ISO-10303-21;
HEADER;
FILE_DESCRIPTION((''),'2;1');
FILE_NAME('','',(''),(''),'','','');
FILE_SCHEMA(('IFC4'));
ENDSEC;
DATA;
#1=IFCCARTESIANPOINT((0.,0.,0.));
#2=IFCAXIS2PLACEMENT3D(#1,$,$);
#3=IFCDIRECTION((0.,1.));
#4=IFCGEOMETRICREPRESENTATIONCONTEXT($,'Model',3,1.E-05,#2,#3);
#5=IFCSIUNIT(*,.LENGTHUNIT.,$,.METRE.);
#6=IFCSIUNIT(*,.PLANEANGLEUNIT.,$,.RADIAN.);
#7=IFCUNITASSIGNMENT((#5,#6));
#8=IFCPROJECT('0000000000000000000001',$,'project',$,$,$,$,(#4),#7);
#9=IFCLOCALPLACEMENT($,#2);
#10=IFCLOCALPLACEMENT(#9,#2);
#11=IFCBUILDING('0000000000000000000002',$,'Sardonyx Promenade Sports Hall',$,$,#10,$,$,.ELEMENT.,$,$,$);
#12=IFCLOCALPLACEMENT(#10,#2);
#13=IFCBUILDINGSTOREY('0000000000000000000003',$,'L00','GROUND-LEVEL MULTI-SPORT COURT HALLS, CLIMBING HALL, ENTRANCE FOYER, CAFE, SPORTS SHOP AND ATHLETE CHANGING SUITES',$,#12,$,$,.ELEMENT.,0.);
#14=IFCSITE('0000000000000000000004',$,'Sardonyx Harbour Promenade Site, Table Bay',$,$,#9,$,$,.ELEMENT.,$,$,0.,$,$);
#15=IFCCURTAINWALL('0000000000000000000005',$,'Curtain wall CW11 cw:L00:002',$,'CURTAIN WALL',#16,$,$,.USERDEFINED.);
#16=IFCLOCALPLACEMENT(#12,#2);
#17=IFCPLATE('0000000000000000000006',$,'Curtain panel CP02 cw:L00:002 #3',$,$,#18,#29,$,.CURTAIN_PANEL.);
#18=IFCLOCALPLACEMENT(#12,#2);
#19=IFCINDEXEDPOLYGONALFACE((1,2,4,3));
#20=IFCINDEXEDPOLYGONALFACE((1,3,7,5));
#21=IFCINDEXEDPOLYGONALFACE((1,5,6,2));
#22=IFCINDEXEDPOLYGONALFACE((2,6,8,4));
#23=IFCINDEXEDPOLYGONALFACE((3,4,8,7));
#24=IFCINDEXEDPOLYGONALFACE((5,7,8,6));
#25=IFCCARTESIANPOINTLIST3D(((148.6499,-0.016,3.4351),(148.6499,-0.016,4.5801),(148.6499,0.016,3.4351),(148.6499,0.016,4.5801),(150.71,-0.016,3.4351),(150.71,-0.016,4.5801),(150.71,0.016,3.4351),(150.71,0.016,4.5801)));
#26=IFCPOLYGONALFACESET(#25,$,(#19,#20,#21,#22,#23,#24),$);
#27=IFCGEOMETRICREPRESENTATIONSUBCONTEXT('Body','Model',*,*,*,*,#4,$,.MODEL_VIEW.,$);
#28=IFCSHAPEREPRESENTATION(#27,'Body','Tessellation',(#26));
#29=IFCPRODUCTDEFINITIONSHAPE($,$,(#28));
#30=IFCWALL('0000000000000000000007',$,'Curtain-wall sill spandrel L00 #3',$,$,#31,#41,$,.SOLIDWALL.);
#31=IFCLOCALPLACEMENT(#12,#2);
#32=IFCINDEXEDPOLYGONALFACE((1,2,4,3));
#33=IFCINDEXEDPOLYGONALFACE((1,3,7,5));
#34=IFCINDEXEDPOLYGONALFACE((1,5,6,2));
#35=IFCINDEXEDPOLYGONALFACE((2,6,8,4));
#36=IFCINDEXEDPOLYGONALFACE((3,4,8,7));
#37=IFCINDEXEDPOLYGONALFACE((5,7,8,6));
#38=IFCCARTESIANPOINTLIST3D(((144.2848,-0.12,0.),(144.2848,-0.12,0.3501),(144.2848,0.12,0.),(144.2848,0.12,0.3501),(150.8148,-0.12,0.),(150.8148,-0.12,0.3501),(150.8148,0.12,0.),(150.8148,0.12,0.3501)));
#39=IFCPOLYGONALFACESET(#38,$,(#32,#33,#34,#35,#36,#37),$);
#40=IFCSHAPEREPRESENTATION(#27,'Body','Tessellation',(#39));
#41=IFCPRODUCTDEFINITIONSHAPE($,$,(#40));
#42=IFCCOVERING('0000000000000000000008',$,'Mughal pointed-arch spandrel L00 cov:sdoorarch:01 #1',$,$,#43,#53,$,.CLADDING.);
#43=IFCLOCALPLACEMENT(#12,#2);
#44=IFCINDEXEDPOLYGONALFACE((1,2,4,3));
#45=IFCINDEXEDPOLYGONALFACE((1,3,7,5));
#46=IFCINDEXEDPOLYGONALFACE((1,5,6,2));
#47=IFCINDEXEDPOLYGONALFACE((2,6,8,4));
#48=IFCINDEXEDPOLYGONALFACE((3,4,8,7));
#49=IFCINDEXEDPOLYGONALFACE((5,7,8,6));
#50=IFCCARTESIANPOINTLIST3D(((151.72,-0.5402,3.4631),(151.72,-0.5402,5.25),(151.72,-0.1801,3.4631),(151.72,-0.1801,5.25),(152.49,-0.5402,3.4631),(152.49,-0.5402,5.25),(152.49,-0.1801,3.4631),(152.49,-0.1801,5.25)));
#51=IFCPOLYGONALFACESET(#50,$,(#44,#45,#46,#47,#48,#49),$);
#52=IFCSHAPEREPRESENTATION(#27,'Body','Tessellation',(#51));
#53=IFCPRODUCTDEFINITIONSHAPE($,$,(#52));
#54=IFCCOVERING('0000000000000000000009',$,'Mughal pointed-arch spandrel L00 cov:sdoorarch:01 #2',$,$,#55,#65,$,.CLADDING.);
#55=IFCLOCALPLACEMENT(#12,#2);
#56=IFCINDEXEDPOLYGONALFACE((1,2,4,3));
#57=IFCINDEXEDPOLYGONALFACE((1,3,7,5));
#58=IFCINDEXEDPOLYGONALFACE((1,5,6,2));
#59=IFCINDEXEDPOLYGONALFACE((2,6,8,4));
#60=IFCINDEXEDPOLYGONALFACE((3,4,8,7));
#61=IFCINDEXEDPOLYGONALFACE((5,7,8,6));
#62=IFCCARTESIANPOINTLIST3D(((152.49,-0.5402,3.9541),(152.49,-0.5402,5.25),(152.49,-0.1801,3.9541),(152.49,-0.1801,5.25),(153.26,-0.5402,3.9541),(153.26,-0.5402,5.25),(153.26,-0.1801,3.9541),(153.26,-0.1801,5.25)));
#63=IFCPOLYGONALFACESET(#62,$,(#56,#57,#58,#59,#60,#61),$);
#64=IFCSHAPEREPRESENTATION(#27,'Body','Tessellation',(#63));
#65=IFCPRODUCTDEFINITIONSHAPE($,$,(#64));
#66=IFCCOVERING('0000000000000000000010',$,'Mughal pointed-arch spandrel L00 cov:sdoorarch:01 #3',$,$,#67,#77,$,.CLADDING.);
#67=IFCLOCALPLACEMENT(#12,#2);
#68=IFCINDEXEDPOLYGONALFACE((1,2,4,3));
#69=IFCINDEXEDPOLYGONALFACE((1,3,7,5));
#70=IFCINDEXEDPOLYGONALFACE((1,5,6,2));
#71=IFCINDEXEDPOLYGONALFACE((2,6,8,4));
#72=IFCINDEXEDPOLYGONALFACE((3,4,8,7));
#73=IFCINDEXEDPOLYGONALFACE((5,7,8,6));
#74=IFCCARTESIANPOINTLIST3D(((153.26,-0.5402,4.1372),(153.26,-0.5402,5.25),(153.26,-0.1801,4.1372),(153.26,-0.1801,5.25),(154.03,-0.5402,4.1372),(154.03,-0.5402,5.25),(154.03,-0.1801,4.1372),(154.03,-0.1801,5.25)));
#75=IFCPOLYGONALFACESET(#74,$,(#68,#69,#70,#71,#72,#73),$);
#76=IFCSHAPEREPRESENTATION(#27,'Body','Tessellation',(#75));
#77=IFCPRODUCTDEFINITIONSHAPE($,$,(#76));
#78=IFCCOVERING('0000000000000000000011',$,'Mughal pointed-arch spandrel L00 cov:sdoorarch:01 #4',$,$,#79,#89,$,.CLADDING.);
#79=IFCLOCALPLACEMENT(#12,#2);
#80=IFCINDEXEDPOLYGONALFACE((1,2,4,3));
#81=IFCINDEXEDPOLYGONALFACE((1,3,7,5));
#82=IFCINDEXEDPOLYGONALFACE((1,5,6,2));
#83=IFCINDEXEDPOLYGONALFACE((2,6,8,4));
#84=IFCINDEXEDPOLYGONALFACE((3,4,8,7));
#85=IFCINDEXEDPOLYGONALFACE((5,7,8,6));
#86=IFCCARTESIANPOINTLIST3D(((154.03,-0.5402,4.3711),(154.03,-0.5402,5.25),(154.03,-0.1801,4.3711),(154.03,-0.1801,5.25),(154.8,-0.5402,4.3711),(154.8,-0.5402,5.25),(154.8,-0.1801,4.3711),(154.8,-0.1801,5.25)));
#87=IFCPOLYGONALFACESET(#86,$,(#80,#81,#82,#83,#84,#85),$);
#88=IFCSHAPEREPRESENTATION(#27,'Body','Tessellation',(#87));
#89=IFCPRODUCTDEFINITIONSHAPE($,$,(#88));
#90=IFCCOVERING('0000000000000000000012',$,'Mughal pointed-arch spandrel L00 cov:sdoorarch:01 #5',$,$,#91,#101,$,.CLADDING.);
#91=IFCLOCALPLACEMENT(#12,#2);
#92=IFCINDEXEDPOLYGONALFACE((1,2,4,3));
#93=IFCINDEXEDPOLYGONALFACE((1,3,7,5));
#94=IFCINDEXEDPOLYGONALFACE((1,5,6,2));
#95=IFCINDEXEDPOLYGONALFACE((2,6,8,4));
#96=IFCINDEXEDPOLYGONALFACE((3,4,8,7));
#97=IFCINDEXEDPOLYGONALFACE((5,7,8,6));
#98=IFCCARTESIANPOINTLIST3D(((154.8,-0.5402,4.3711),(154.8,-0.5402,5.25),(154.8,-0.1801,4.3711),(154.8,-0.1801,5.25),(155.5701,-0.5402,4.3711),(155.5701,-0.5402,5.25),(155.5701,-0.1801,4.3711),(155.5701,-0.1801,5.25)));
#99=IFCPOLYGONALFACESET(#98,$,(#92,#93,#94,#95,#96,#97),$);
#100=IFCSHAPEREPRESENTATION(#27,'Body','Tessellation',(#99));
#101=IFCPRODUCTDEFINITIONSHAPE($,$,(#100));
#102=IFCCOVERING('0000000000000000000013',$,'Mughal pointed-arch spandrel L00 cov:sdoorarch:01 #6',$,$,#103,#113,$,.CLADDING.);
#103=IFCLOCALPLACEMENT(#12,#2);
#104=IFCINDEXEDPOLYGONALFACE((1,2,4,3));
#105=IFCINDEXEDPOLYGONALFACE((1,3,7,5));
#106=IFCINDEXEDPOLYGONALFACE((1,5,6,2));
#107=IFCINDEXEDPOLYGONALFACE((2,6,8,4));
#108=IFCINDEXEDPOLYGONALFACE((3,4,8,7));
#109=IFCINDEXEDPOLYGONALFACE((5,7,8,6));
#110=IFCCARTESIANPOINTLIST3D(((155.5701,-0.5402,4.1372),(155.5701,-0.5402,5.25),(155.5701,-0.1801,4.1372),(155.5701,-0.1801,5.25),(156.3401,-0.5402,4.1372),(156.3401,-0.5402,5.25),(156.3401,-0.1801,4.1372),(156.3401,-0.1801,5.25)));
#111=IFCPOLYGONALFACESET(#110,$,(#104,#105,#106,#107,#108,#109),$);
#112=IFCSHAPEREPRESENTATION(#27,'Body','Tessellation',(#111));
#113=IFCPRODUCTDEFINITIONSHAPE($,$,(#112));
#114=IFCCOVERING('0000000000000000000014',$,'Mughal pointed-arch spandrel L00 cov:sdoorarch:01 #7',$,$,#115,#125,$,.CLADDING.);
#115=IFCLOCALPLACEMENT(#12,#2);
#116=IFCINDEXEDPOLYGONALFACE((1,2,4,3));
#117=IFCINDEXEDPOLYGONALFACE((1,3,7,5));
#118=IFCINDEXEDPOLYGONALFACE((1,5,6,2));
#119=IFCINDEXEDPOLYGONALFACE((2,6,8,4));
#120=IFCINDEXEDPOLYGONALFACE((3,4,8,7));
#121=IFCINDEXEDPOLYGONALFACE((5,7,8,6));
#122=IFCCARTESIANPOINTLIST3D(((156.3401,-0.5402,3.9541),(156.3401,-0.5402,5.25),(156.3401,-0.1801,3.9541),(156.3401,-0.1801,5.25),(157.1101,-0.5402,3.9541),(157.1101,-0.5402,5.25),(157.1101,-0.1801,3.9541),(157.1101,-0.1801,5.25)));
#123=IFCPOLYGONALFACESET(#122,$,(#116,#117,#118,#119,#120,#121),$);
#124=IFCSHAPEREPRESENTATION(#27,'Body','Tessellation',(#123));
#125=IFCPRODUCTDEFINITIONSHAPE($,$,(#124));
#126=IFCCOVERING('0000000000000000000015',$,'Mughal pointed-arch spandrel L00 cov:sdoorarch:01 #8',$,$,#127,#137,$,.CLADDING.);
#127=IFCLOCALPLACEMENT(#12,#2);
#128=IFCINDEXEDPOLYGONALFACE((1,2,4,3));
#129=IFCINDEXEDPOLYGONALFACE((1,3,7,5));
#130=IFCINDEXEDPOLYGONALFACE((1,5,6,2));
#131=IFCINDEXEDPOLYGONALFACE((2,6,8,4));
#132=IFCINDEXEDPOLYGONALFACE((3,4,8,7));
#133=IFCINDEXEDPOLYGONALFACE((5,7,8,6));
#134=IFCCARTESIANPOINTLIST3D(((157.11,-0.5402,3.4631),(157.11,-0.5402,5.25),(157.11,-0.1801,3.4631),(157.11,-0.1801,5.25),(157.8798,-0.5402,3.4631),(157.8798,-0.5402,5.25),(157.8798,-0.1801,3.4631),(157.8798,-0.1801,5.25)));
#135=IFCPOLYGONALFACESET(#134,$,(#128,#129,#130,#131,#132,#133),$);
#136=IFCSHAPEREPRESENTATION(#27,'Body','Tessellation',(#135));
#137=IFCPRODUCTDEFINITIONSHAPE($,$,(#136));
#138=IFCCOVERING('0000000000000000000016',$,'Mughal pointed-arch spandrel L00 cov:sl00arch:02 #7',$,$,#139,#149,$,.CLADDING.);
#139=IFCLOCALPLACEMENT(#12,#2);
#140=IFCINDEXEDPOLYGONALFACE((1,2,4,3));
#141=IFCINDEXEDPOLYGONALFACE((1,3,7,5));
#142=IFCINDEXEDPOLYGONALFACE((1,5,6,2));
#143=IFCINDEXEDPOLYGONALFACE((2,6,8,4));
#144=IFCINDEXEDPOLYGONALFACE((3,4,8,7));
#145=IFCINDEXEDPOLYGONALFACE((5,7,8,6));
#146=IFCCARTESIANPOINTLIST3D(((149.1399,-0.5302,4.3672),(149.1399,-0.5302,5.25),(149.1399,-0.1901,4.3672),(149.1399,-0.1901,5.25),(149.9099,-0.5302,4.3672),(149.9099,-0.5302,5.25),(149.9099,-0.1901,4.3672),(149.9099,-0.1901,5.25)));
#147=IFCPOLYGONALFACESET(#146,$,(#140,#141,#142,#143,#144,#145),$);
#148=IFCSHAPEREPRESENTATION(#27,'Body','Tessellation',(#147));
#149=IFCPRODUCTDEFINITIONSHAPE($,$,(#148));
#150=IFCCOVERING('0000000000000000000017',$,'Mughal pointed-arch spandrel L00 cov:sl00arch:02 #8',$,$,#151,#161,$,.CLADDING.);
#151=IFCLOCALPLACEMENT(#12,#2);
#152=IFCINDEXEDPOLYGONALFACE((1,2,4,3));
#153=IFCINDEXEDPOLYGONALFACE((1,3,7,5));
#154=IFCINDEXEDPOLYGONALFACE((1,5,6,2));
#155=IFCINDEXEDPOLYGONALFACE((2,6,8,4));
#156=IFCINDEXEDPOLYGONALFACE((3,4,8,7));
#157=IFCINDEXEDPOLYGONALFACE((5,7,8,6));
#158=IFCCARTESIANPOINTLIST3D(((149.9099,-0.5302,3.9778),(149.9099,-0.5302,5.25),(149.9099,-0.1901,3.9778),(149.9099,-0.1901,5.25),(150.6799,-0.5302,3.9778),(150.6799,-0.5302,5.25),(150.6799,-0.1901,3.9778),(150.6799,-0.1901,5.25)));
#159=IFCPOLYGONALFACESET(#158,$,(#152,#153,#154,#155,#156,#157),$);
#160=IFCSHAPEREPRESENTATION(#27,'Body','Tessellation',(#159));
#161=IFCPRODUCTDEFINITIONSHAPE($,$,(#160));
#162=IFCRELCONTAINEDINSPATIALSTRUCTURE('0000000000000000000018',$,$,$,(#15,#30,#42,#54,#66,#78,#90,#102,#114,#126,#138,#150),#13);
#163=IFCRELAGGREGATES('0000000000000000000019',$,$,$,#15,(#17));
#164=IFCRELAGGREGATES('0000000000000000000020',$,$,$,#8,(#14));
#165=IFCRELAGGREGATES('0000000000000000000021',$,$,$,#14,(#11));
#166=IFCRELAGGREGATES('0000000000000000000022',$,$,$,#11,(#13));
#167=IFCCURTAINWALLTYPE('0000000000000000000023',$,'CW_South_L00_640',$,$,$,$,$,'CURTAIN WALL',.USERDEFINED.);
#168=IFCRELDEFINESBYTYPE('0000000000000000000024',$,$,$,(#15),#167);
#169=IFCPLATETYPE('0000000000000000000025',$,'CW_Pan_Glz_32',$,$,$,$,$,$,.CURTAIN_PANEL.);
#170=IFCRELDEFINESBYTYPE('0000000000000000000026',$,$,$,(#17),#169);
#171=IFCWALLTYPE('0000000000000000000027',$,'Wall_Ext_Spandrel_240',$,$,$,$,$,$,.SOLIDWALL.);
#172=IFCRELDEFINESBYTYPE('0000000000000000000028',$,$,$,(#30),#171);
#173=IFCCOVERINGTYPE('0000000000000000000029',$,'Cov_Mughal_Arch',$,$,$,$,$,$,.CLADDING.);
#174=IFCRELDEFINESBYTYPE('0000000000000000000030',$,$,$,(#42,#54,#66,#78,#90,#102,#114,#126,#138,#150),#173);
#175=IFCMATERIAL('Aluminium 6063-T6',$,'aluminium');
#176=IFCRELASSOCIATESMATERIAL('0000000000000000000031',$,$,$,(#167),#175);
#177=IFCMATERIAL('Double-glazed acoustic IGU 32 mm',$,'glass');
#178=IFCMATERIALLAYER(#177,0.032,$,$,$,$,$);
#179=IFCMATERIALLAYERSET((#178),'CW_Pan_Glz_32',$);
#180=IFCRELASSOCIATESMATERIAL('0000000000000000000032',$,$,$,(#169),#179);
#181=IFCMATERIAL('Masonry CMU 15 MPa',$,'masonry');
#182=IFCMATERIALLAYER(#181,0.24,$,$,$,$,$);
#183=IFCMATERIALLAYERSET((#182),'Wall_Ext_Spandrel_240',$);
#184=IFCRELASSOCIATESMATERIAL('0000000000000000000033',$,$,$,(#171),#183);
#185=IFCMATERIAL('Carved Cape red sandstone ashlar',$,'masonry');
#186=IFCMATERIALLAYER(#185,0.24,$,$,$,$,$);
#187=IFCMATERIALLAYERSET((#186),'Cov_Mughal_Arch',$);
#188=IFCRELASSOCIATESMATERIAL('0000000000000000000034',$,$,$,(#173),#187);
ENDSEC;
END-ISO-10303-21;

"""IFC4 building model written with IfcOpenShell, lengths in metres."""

from ifc_helpers import new_model, si_unit, direction, frame, frame_2d, origin, origin_2d, place, context, subcontext, project, spatial, rectangle, extrude, material, layer, layer_set, type_object, element, aggregate, save


model = new_model("IFC4")

# Units and contexts
model_context = context("Model", 3, precision=1e-05, world=origin(), true_north=direction((0.0, 1.0)))
body_context = subcontext(model_context, "Body", "Model", "MODEL_VIEW")
ifc_project = project(units=[si_unit("LENGTHUNIT", "METRE"), si_unit("PLANEANGLEUNIT", "RADIAN")], contexts=[model_context])

# Site, building, storey
site_placement = place(None, origin())
site = spatial("IfcSite", under=ifc_project, at=site_placement, Name="Sardonyx Harbour Promenade Site, Table Bay", CompositionType="ELEMENT", RefElevation=0.0)
building_placement = place(site_placement, origin())
building = spatial("IfcBuilding", under=site, at=building_placement, Name="Sardonyx Promenade Sports Hall", CompositionType="ELEMENT")
storey_placement = place(building_placement, origin())
storey = spatial("IfcBuildingStorey", under=building, at=storey_placement, Name="L00", Description="GROUND-LEVEL MULTI-SPORT COURT HALLS, CLIMBING HALL, ENTRANCE FOYER, CAFE, SPORTS SHOP AND ATHLETE CHANGING SUITES", CompositionType="ELEMENT", Elevation=0.0)

# Curtain wall, plate
ifc_material_1 = material(Name="Aluminium 6063-T6", Category="aluminium")
curtain_wall_type = type_object("IfcCurtainWallType", Name="CW_South_L00_640", ElementType="CURTAIN WALL", PredefinedType="USERDEFINED", material=ifc_material_1)
curtain_wall_placement = place(storey_placement, origin())
curtain_wall = element("IfcCurtainWall", 1, at=curtain_wall_placement, inside=storey, type_object=curtain_wall_type, Name="Curtain wall CW11 cw:L00:002", ObjectType="CURTAIN WALL", PredefinedType="USERDEFINED")
ifc_material_2 = material(Name="Double-glazed acoustic IGU 32 mm", Category="glass")
ifc_layer_1 = layer(ifc_material_2, 0.032)
ifc_layer_set_1 = layer_set([ifc_layer_1], Name="CW_Pan_Glz_32")
plate_type = type_object("IfcPlateType", Name="CW_Pan_Glz_32", PredefinedType="CURTAIN_PANEL", material=ifc_layer_set_1)
plate_1_placement = place(storey_placement, frame((149.6799, 0.0, 3.4351), z_axis=(0.0, 0.0, 1.0), x_axis=(-1.0, 0.0, 0.0)))
plate_1 = element("IfcPlate", 2, at=plate_1_placement, type_object=plate_type, Name="Curtain panel CP02 cw:L00:002 #3", PredefinedType="CURTAIN_PANEL", context=body_context, shape_type="SweptSolid", body=[
    extrude(rectangle(XDim=2.0601, YDim=0.032, at=origin_2d()), origin(), (0.0, 0.0, 1.0), 1.145),
])
aggregate(curtain_wall, [plate_1])

# Wall
ifc_material_3 = material(Name="Masonry CMU 15 MPa", Category="masonry")
ifc_layer_2 = layer(ifc_material_3, 0.24)
ifc_layer_set_2 = layer_set([ifc_layer_2], Name="Wall_Ext_Spandrel_240")
wall_type_1 = type_object("IfcWallType", Name="Wall_Ext_Spandrel_240", PredefinedType="SOLIDWALL", material=ifc_layer_set_2)
wall_1_placement = place(storey_placement, frame((150.8149, 0.0, 0.0), z_axis=(0.0, 0.0, 1.0), x_axis=(-1.0, 0.0, 0.0)))
element("IfcWall", 3, at=wall_1_placement, inside=storey, type_object=wall_type_1, Name="Curtain-wall sill spandrel L00 #3", PredefinedType="SOLIDWALL", context=body_context, shape_type="SweptSolid", body=[
    extrude(rectangle(XDim=6.53, YDim=0.24, at=frame_2d((3.2651, 0.0))), origin(), (0.0, 0.0, 1.0), 0.3501),
])

# Coverings
ifc_material_4 = material(Name="Carved Cape red sandstone ashlar", Category="masonry")
ifc_layer_3 = layer(ifc_material_4, 0.24)
ifc_layer_set_3 = layer_set([ifc_layer_3], Name="Cov_Mughal_Arch")
covering_type = type_object("IfcCoveringType", Name="Cov_Mughal_Arch", PredefinedType="CLADDING", material=ifc_layer_set_3)
covering_1_placement = place(storey_placement, frame((151.72, -0.3601, 3.4631), z_axis=(0.0, 0.0, 1.0), x_axis=(1.0, 0.0, 0.0)))
element("IfcCovering", 4, at=covering_1_placement, inside=storey, type_object=covering_type, Name="Mughal pointed-arch spandrel L00 cov:sdoorarch:01 #1", PredefinedType="CLADDING", context=body_context, shape_type="SweptSolid", body=[
    extrude(rectangle(XDim=0.77, YDim=0.3601, at=frame_2d((0.385, 0.0))), origin(), (0.0, 0.0, 1.0), 1.7869),
])
covering_2_placement = place(storey_placement, frame((152.49, -0.3601, 3.9541), z_axis=(0.0, 0.0, 1.0), x_axis=(1.0, 0.0, 0.0)))
element("IfcCovering", 5, at=covering_2_placement, inside=storey, type_object=covering_type, Name="Mughal pointed-arch spandrel L00 cov:sdoorarch:01 #2", PredefinedType="CLADDING", context=body_context, shape_type="SweptSolid", body=[
    extrude(rectangle(XDim=0.77, YDim=0.3601, at=frame_2d((0.385, 0.0))), origin(), (0.0, 0.0, 1.0), 1.2959),
])
covering_3_placement = place(storey_placement, frame((153.26, -0.3601, 4.1372), z_axis=(0.0, 0.0, 1.0), x_axis=(1.0, 0.0, 0.0)))
element("IfcCovering", 6, at=covering_3_placement, inside=storey, type_object=covering_type, Name="Mughal pointed-arch spandrel L00 cov:sdoorarch:01 #3", PredefinedType="CLADDING", context=body_context, shape_type="SweptSolid", body=[
    extrude(rectangle(XDim=0.77, YDim=0.3601, at=frame_2d((0.385, 0.0))), origin(), (0.0, 0.0, 1.0), 1.1128),
])
for number, where, z_axis, x_axis, name in (
    (7, (154.03, -0.3601, 4.3711), (0.0, 0.0, 1.0), (1.0, 0.0, 0.0), "Mughal pointed-arch spandrel L00 cov:sdoorarch:01 #4"),
    (8, (154.8, -0.3601, 4.3711), (0.0, 0.0, 1.0), (1.0, 0.0, 0.0), "Mughal pointed-arch spandrel L00 cov:sdoorarch:01 #5"),
):
    element("IfcCovering", number, at=place(storey_placement, frame(where, z_axis=z_axis, x_axis=x_axis)), inside=storey, type_object=covering_type, Name=name, PredefinedType="CLADDING", context=body_context, shape_type="SweptSolid", body=[
        extrude(rectangle(XDim=0.77, YDim=0.3601, at=frame_2d((0.385, 0.0))), origin(), (0.0, 0.0, 1.0), 0.8789),
    ])
covering_4_placement = place(storey_placement, frame((155.5701, -0.3601, 4.1372), z_axis=(0.0, 0.0, 1.0), x_axis=(1.0, 0.0, 0.0)))
element("IfcCovering", 9, at=covering_4_placement, inside=storey, type_object=covering_type, Name="Mughal pointed-arch spandrel L00 cov:sdoorarch:01 #6", PredefinedType="CLADDING", context=body_context, shape_type="SweptSolid", body=[
    extrude(rectangle(XDim=0.77, YDim=0.3601, at=frame_2d((0.385, 0.0))), origin(), (0.0, 0.0, 1.0), 1.1128),
])
covering_5_placement = place(storey_placement, frame((156.3401, -0.3601, 3.9541), z_axis=(0.0, 0.0, 1.0), x_axis=(1.0, 0.0, 0.0)))
element("IfcCovering", 10, at=covering_5_placement, inside=storey, type_object=covering_type, Name="Mughal pointed-arch spandrel L00 cov:sdoorarch:01 #7", PredefinedType="CLADDING", context=body_context, shape_type="SweptSolid", body=[
    extrude(rectangle(XDim=0.77, YDim=0.3601, at=frame_2d((0.385, 0.0))), origin(), (0.0, 0.0, 1.0), 1.2959),
])
covering_6_placement = place(storey_placement, frame((157.1101, -0.3601, 3.4631), z_axis=(0.0, 0.0, 1.0), x_axis=(1.0, 0.0, 0.0)))
element("IfcCovering", 11, at=covering_6_placement, inside=storey, type_object=covering_type, Name="Mughal pointed-arch spandrel L00 cov:sdoorarch:01 #8", PredefinedType="CLADDING", context=body_context, shape_type="SweptSolid", body=[
    extrude(rectangle(XDim=0.7698, YDim=0.3601, at=frame_2d((0.3848, 0.0))), origin(), (0.0, 0.0, 1.0), 1.7869),
])
covering_7_placement = place(storey_placement, frame((149.1399, -0.3601, 4.3672), z_axis=(0.0, 0.0, 1.0), x_axis=(1.0, 0.0, 0.0)))
element("IfcCovering", 12, at=covering_7_placement, inside=storey, type_object=covering_type, Name="Mughal pointed-arch spandrel L00 cov:sl00arch:02 #7", PredefinedType="CLADDING", context=body_context, shape_type="SweptSolid", body=[
    extrude(rectangle(XDim=0.77, YDim=0.3401, at=frame_2d((0.385, 0.0))), origin(), (0.0, 0.0, 1.0), 0.8828),
])
covering_8_placement = place(storey_placement, frame((149.9099, -0.3601, 3.9778), z_axis=(0.0, 0.0, 1.0), x_axis=(1.0, 0.0, 0.0)))
element("IfcCovering", 13, at=covering_8_placement, inside=storey, type_object=covering_type, Name="Mughal pointed-arch spandrel L00 cov:sl00arch:02 #8", PredefinedType="CLADDING", context=body_context, shape_type="SweptSolid", body=[
    extrude(rectangle(XDim=0.77, YDim=0.3401, at=frame_2d((0.385, 0.0))), origin(), (0.0, 0.0, 1.0), 1.2722),
])

save(model, "model.ifc")
